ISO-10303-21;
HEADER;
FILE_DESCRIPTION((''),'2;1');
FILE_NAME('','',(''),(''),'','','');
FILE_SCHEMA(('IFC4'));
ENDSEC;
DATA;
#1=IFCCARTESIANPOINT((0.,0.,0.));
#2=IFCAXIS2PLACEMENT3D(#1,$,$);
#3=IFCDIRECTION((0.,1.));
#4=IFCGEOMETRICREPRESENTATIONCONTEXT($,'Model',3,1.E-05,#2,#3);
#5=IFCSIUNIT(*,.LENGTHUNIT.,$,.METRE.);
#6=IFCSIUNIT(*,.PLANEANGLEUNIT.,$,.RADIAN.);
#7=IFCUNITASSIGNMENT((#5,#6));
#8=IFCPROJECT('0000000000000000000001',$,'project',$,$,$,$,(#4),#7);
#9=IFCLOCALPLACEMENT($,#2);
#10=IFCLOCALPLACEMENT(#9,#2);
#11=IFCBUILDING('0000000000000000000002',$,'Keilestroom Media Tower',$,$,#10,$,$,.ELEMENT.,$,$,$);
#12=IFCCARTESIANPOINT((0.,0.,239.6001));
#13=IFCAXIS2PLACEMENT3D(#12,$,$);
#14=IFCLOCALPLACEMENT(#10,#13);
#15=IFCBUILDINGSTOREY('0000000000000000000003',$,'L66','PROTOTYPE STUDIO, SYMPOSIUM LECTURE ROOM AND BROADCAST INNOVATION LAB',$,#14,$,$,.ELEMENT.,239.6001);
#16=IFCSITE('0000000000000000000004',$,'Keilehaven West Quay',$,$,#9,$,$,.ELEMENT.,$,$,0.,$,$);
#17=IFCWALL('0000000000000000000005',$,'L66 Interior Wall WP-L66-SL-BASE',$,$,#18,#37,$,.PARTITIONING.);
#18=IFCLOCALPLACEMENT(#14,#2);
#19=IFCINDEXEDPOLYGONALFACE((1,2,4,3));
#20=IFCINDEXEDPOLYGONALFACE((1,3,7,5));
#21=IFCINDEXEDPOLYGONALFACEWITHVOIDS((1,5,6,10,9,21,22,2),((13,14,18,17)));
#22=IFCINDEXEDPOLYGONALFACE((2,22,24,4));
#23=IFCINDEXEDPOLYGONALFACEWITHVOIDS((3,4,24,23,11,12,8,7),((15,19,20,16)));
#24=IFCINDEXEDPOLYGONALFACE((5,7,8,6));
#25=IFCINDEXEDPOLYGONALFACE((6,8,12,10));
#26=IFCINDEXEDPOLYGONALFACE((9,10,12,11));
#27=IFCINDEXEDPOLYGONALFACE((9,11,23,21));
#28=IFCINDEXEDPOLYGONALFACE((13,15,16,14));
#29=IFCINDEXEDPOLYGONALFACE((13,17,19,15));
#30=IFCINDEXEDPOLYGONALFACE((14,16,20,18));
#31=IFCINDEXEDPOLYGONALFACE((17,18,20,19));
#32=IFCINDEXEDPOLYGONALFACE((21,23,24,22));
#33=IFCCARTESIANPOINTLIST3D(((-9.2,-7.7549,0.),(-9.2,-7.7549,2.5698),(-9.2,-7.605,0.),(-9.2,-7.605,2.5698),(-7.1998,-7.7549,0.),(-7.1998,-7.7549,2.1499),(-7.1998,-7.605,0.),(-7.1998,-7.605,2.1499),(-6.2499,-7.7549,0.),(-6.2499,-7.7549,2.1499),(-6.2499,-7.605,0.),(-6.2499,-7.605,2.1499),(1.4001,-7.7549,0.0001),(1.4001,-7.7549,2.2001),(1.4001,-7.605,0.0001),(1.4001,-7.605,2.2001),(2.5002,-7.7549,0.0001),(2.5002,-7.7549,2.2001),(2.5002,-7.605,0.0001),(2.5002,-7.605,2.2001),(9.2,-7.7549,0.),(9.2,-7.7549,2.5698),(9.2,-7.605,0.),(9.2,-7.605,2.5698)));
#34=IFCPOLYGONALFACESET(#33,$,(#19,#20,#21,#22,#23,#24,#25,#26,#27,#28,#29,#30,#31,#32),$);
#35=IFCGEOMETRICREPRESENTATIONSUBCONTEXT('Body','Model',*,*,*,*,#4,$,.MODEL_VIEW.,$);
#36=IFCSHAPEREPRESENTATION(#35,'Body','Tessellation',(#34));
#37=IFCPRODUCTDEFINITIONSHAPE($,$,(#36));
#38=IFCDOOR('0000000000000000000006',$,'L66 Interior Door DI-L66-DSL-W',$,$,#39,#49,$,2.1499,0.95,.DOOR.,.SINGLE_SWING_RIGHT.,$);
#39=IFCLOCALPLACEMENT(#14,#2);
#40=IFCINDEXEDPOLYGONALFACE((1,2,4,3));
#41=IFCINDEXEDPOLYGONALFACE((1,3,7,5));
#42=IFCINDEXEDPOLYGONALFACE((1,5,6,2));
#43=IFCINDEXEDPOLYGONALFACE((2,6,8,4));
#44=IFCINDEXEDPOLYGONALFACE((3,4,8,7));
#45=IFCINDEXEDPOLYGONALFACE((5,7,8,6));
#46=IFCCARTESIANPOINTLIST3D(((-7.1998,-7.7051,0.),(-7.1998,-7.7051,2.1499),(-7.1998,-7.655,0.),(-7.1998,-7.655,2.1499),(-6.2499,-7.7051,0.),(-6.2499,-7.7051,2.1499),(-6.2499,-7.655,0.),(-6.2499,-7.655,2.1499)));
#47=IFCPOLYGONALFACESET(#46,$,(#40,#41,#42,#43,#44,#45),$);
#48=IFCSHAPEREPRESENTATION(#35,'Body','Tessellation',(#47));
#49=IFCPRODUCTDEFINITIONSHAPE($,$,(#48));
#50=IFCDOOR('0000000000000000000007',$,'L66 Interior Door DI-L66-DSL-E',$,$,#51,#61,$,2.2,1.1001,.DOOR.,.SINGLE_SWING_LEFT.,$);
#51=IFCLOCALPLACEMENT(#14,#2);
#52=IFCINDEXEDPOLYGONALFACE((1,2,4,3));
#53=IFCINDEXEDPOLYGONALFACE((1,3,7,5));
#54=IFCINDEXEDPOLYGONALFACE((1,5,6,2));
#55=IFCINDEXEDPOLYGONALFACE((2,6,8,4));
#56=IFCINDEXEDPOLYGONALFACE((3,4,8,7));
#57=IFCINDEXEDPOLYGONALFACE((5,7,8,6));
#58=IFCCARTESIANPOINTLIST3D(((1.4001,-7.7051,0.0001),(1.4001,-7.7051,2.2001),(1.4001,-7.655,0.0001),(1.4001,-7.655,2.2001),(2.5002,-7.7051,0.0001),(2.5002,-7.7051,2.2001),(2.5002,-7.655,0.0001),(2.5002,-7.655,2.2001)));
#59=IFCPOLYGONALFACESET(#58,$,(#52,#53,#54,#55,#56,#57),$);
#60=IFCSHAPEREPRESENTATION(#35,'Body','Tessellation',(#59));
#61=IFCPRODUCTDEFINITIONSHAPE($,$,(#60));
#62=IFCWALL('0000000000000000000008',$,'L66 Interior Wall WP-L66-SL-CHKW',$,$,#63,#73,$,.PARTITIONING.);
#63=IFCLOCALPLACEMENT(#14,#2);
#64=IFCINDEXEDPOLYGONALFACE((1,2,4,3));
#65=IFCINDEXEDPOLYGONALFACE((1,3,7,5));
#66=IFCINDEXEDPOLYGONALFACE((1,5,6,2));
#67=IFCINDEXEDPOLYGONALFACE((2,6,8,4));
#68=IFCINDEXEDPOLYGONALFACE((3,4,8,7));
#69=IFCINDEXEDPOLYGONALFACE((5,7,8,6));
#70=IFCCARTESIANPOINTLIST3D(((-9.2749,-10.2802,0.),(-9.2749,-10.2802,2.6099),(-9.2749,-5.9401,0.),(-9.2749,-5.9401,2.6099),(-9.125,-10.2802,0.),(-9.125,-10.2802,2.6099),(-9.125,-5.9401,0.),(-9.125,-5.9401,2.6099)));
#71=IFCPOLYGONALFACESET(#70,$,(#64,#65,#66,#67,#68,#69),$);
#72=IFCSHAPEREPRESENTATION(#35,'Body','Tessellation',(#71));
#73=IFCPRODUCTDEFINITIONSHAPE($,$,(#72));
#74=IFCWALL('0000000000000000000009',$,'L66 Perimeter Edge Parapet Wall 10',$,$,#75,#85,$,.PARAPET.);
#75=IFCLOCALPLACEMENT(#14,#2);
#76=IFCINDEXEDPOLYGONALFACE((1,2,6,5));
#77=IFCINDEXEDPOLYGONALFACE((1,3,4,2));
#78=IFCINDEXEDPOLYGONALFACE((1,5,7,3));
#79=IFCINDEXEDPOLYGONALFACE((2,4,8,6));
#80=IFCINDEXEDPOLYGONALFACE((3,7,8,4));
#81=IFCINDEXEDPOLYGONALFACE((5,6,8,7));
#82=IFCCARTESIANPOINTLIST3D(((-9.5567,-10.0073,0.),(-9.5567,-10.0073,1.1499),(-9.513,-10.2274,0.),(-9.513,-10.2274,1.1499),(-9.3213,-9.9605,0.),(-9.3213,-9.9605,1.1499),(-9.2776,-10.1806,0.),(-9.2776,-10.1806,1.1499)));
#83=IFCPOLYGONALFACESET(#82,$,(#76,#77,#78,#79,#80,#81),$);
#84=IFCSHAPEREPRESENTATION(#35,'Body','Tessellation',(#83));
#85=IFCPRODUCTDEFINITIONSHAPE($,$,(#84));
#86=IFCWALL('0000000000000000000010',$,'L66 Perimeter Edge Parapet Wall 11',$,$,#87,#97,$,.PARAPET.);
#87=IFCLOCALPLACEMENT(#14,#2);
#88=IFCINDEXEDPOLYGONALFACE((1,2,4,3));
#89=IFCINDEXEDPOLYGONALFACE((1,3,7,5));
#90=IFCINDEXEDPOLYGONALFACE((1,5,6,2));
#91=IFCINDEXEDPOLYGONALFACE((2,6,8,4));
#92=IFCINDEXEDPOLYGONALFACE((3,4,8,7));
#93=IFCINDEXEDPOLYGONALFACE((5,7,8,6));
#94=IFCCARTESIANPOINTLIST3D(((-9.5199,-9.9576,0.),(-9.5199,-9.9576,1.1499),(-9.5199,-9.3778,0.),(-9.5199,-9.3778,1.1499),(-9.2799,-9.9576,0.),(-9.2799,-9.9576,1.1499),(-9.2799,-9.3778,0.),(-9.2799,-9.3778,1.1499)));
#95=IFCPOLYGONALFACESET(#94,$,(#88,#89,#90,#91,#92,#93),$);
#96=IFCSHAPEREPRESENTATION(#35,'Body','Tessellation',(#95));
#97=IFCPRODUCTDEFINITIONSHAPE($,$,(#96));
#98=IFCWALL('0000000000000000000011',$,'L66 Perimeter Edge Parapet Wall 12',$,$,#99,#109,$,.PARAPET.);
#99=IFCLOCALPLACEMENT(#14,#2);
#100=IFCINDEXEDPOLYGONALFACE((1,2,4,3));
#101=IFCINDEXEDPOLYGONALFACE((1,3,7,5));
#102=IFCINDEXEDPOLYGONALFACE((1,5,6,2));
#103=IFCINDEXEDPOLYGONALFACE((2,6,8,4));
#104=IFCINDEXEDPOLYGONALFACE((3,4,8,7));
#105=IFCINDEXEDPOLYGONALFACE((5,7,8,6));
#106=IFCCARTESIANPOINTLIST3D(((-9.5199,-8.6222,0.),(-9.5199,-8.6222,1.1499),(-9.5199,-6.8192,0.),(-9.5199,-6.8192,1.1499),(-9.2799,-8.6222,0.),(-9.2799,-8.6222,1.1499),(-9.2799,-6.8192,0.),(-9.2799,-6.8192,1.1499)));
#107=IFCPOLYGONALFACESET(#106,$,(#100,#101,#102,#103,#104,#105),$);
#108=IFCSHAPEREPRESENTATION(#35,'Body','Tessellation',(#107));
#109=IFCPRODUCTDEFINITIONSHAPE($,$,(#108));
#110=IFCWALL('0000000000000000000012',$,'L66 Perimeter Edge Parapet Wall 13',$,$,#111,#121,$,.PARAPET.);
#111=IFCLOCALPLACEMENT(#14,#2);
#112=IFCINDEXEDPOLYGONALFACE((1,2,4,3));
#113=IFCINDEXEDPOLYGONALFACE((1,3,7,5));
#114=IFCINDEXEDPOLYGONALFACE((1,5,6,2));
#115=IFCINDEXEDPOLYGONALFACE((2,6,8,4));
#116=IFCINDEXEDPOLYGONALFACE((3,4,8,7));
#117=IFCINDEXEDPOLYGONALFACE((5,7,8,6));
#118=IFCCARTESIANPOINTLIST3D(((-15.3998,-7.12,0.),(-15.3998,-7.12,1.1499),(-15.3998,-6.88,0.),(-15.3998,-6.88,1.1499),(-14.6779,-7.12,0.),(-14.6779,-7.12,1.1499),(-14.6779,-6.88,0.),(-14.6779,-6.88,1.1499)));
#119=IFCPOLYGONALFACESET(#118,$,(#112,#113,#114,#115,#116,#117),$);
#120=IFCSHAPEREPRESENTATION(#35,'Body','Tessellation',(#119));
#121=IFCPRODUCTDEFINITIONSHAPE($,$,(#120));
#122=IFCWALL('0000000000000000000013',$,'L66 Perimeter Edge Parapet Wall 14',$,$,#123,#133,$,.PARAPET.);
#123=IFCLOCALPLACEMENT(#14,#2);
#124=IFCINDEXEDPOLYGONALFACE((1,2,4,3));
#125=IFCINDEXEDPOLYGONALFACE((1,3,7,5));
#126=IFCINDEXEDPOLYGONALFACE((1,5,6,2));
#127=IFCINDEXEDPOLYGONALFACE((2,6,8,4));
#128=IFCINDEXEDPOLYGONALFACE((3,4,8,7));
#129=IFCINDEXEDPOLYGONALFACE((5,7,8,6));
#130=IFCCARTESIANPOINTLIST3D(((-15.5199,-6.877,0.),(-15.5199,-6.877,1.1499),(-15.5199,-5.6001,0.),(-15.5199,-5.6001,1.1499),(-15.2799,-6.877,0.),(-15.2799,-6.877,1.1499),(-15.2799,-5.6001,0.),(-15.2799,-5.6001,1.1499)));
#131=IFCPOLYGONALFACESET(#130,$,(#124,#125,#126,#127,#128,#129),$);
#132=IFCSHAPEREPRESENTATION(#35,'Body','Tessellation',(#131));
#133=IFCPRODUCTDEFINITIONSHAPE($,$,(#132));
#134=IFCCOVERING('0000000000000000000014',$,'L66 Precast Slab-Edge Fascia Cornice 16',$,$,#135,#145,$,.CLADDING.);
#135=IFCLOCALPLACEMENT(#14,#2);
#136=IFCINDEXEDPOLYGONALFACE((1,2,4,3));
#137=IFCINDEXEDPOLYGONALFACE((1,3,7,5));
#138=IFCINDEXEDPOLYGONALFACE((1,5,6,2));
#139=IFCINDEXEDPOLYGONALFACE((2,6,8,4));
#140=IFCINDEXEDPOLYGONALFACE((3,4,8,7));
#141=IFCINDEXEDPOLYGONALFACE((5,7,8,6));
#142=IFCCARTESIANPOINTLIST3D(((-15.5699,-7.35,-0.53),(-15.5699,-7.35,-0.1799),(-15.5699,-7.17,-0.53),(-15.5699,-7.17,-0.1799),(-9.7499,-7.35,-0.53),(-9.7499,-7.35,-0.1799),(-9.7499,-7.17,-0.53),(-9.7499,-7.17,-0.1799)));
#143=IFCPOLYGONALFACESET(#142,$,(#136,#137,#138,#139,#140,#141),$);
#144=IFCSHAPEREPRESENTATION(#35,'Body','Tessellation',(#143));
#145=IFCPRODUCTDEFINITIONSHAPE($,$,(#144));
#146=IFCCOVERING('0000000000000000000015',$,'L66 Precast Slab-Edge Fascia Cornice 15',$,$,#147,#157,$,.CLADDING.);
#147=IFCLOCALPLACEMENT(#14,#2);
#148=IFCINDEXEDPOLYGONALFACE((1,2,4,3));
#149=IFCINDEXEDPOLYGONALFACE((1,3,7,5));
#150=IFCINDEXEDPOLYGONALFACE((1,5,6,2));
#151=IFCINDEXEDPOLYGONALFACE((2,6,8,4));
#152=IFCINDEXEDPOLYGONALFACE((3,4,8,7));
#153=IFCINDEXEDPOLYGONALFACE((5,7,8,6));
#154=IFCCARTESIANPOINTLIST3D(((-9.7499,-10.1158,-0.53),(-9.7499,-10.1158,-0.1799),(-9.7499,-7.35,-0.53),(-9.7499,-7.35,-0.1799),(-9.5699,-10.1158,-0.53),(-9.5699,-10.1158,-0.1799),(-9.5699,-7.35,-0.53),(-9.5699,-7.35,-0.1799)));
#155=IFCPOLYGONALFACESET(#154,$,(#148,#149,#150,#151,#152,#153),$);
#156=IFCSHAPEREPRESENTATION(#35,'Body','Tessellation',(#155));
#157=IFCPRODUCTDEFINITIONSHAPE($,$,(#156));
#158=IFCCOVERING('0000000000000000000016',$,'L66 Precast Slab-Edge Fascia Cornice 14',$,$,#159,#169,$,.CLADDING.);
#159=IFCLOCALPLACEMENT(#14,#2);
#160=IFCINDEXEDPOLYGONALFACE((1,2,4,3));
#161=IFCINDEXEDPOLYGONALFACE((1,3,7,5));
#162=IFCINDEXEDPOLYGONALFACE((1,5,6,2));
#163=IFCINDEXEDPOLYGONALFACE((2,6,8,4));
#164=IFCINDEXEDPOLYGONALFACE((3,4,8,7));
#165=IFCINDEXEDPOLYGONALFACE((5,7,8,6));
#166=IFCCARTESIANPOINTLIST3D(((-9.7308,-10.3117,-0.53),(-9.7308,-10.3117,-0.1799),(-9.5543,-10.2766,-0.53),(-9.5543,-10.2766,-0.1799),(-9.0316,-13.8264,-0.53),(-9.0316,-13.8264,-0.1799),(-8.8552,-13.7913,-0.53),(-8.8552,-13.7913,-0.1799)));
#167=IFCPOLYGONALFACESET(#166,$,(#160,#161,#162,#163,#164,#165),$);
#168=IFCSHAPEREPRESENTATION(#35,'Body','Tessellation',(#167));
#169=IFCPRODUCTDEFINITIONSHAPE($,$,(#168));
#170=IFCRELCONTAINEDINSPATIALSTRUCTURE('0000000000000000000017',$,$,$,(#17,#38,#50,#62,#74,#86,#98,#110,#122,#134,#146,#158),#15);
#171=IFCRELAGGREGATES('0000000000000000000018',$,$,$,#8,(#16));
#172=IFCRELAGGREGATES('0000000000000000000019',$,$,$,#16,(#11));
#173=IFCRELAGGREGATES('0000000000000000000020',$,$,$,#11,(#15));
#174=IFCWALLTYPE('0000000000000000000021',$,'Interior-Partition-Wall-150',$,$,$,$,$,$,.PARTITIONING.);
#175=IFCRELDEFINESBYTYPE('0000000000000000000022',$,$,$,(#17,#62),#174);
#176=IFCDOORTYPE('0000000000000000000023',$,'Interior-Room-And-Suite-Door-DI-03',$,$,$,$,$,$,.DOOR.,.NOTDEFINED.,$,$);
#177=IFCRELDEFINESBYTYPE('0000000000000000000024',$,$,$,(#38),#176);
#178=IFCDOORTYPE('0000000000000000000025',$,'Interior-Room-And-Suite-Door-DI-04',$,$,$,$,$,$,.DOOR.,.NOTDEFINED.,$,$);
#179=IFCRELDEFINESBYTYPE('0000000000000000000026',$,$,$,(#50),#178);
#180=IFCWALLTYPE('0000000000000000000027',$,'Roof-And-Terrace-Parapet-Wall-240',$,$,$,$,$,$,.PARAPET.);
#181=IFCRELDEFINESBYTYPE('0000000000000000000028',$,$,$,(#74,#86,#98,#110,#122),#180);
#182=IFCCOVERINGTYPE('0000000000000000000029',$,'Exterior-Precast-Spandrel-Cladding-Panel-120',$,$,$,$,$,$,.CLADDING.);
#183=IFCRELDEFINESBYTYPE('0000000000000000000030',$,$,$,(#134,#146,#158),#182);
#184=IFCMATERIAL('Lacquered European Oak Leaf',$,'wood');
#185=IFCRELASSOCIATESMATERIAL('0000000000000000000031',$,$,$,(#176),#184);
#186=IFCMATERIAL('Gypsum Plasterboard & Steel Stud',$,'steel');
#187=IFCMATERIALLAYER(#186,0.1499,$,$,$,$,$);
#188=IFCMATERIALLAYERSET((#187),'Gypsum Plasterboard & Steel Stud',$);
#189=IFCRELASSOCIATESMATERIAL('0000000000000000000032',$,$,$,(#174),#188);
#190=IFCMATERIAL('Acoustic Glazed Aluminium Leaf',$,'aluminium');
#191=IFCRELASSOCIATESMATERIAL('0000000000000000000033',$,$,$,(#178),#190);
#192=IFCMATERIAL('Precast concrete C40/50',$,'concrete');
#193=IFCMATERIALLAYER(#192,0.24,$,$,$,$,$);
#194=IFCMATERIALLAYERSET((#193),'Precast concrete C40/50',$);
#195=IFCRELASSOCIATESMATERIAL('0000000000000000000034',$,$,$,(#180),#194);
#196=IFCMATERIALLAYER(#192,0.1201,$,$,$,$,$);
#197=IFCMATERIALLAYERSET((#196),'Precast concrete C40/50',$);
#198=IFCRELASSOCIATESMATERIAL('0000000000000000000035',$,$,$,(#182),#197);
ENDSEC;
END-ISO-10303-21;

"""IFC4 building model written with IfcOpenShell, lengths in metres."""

from ifc_helpers import new_model, si_unit, direction, frame, frame_2d, origin, origin_2d, place, context, subcontext, project, spatial, rectangle, extrude, source, transform, mapped, material, layer, layer_set, type_object, element, fill, save


model = new_model("IFC4")

# Units and contexts
model_context = context("Model", 3, precision=1e-05, world=origin(), true_north=direction((0.0, 1.0)))
body_context = subcontext(model_context, "Body", "Model", "MODEL_VIEW")
ifc_project = project(units=[si_unit("LENGTHUNIT", "METRE"), si_unit("PLANEANGLEUNIT", "RADIAN")], contexts=[model_context])

# Site, building, storey
site_placement = place(None, origin())
site = spatial("IfcSite", under=ifc_project, at=site_placement, Name="Keilehaven West Quay", CompositionType="ELEMENT", RefElevation=0.0)
building_placement = place(site_placement, origin())
building = spatial("IfcBuilding", under=site, at=building_placement, Name="Keilestroom Media Tower", CompositionType="ELEMENT")
storey_placement = place(building_placement, frame((0.0, 0.0, 239.6001)))
storey = spatial("IfcBuildingStorey", under=building, at=storey_placement, Name="L66", Description="PROTOTYPE STUDIO, SYMPOSIUM LECTURE ROOM AND BROADCAST INNOVATION LAB", CompositionType="ELEMENT", Elevation=239.6001)

# Shared definitions
ifc_material_1 = material(Name="Precast concrete C40/50", Category="concrete")

# Shared definitions
ifc_material_2 = material(Name="Gypsum Plasterboard & Steel Stud", Category="steel")
ifc_material_3 = material(Name="Lacquered European Oak Leaf", Category="wood")
door_type_1 = type_object("IfcDoorType", Name="Interior-Room-And-Suite-Door-DI-03", OperationType="NOTDEFINED", PredefinedType="DOOR", material=ifc_material_3)
shared_shape_1 = source(origin(), body_context, "Body", "SweptSolid", [
    extrude(rectangle(XDim=0.95, YDim=2.1499, at=frame_2d((0.4751, 1.075))), frame((0.0, 0.0249, 0.0), z_axis=(0.0, -1.0, 0.0), x_axis=(1.0, 0.0, 0.0)), (0.0, 0.0, 1.0), 0.05),
])

# Wall, openings, doors
ifc_layer_1 = layer(ifc_material_2, 0.1499)
ifc_layer_set_1 = layer_set([ifc_layer_1], Name="Gypsum Plasterboard & Steel Stud")
wall_type_1 = type_object("IfcWallType", Name="Interior-Partition-Wall-150", PredefinedType="PARTITIONING", material=ifc_layer_set_1)
wall_1_placement = place(storey_placement, frame((-9.2, -7.6799, 0.0), z_axis=(0.0, 0.0, 1.0), x_axis=(1.0, 0.0, 0.0)))
wall_1 = element("IfcWall", 1, at=wall_1_placement, inside=storey, type_object=wall_type_1, Name="L66 Interior Wall WP-L66-SL-BASE", PredefinedType="PARTITIONING", context=body_context, shape_type="SweptSolid", body=[
    extrude(rectangle(XDim=18.3999, YDim=0.1499, at=frame_2d((9.2, 0.0))), origin(), (0.0, 0.0, 1.0), 2.5698),
])
opening_1_placement = place(wall_1_placement, frame((2.0, 0.0, 0.0)))
opening_1 = element("IfcOpeningElement", 2, at=opening_1_placement, cuts=wall_1, PredefinedType="OPENING", context=body_context, shape_type="SweptSolid", body=[
    extrude(rectangle(XDim=0.95, YDim=2.1499, at=frame_2d((0.4751, 1.075))), frame((0.0, 0.085, 0.0), z_axis=(0.0, -1.0, 0.0), x_axis=(1.0, 0.0, 0.0)), (0.0, 0.0, 1.0), 0.1699),
])
opening_2_placement = place(wall_1_placement, frame((10.6001, 0.0, 0.0)))
opening_2 = element("IfcOpeningElement", 3, at=opening_2_placement, cuts=wall_1, PredefinedType="OPENING", context=body_context, shape_type="SweptSolid", body=[
    extrude(rectangle(XDim=1.1001, YDim=2.2, at=frame_2d((0.55, 1.1001))), frame((0.0, 0.085, 0.0), z_axis=(0.0, -1.0, 0.0), x_axis=(1.0, 0.0, 0.0)), (0.0, 0.0, 1.0), 0.1699),
])
door_1_placement = place(opening_1_placement, origin())
door_1 = element("IfcDoor", 4, at=door_1_placement, inside=storey, type_object=door_type_1, Name="L66 Interior Door DI-L66-DSL-W", OperationType="SINGLE_SWING_RIGHT", OverallHeight=2.1499, OverallWidth=0.95, PredefinedType="DOOR", context=body_context, shape_type="MappedRepresentation", body=[
    mapped(shared_shape_1, transform((0.0, 0.0, 0.0), x_axis=(1.0, 0.0, 0.0), y_axis=(0.0, 1.0, 0.0), z_axis=(0.0, 0.0, 1.0), scale=1.0)),
])
fill(opening_1, door_1)
ifc_material_4 = material(Name="Acoustic Glazed Aluminium Leaf", Category="aluminium")
door_type_2 = type_object("IfcDoorType", Name="Interior-Room-And-Suite-Door-DI-04", OperationType="NOTDEFINED", PredefinedType="DOOR", material=ifc_material_4)
shared_shape_2 = source(origin(), body_context, "Body", "SweptSolid", [
    extrude(rectangle(XDim=1.1001, YDim=2.2, at=frame_2d((0.55, 1.1001))), frame((0.0, 0.0249, 0.0), z_axis=(0.0, -1.0, 0.0), x_axis=(1.0, 0.0, 0.0)), (0.0, 0.0, 1.0), 0.05),
])
door_2_placement = place(opening_2_placement, origin())
door_2 = element("IfcDoor", 5, at=door_2_placement, inside=storey, type_object=door_type_2, Name="L66 Interior Door DI-L66-DSL-E", OperationType="SINGLE_SWING_LEFT", OverallHeight=2.2, OverallWidth=1.1001, PredefinedType="DOOR", context=body_context, shape_type="MappedRepresentation", body=[
    mapped(shared_shape_2, transform((0.0, 0.0, 0.0), x_axis=(1.0, 0.0, 0.0), y_axis=(0.0, 1.0, 0.0), z_axis=(0.0, 0.0, 1.0), scale=1.0)),
])
fill(opening_2, door_2)

# Walls
wall_2_placement = place(storey_placement, frame((-9.2, -10.28, 0.0), z_axis=(0.0, 0.0, 1.0), x_axis=(0.0, 1.0, 0.0)))
element("IfcWall", 6, at=wall_2_placement, inside=storey, type_object=wall_type_1, Name="L66 Interior Wall WP-L66-SL-CHKW", PredefinedType="PARTITIONING", context=body_context, shape_type="SweptSolid", body=[
    extrude(rectangle(XDim=4.3401, YDim=0.1499, at=frame_2d((2.1699, 0.0))), origin(), (0.0, 0.0, 1.0), 2.6099),
])
ifc_layer_2 = layer(ifc_material_1, 0.24)
ifc_layer_set_2 = layer_set([ifc_layer_2], Name="Precast concrete C40/50")
wall_type_2 = type_object("IfcWallType", Name="Roof-And-Terrace-Parapet-Wall-240", PredefinedType="PARAPET", material=ifc_layer_set_2)
wall_3_placement = place(storey_placement, frame((-9.3953, -10.2041, 0.0), z_axis=(0.0, 0.0, 1.0), x_axis=(-0.19486, 0.980831, 0.0)))
element("IfcWall", 7, at=wall_3_placement, inside=storey, type_object=wall_type_2, Name="L66 Perimeter Edge Parapet Wall 10", PredefinedType="PARAPET", context=body_context, shape_type="SweptSolid", body=[
    extrude(rectangle(XDim=0.2244, YDim=0.24, at=frame_2d((0.1123, 0.0))), origin(), (0.0, 0.0, 1.0), 1.1499),
])
wall_4_placement = place(storey_placement, frame((-9.3999, -9.9578, 0.0), z_axis=(0.0, 0.0, 1.0), x_axis=(0.0, 1.0, 0.0)))
element("IfcWall", 8, at=wall_4_placement, inside=storey, type_object=wall_type_2, Name="L66 Perimeter Edge Parapet Wall 11", PredefinedType="PARAPET", context=body_context, shape_type="SweptSolid", body=[
    extrude(rectangle(XDim=0.5798, YDim=0.24, at=frame_2d((0.29, 0.0))), origin(), (0.0, 0.0, 1.0), 1.1499),
])
wall_5_placement = place(storey_placement, frame((-9.3999, -8.6221, 0.0), z_axis=(0.0, 0.0, 1.0), x_axis=(0.0, 1.0, 0.0)))
element("IfcWall", 9, at=wall_5_placement, inside=storey, type_object=wall_type_2, Name="L66 Perimeter Edge Parapet Wall 12", PredefinedType="PARAPET", context=body_context, shape_type="SweptSolid", body=[
    extrude(rectangle(XDim=1.803, YDim=0.24, at=frame_2d((0.9014, 0.0))), origin(), (0.0, 0.0, 1.0), 1.1499),
])
wall_6_placement = place(storey_placement, frame((-14.678, -7.0, 0.0), z_axis=(0.0, 0.0, 1.0), x_axis=(-1.0, 0.0, 0.0)))
element("IfcWall", 10, at=wall_6_placement, inside=storey, type_object=wall_type_2, Name="L66 Perimeter Edge Parapet Wall 13", PredefinedType="PARAPET", context=body_context, shape_type="SweptSolid", body=[
    extrude(rectangle(XDim=0.7219, YDim=0.24, at=frame_2d((0.3608, 0.0))), origin(), (0.0, 0.0, 1.0), 1.1499),
])
wall_7_placement = place(storey_placement, frame((-15.3999, -6.877, 0.0), z_axis=(0.0, 0.0, 1.0), x_axis=(0.0, 1.0, 0.0)))
element("IfcWall", 11, at=wall_7_placement, inside=storey, type_object=wall_type_2, Name="L66 Perimeter Edge Parapet Wall 14", PredefinedType="PARAPET", context=body_context, shape_type="SweptSolid", body=[
    extrude(rectangle(XDim=1.2769, YDim=0.24, at=frame_2d((0.6384, 0.0))), origin(), (0.0, 0.0, 1.0), 1.1499),
])

# Coverings
ifc_layer_3 = layer(ifc_material_1, 0.1201)
ifc_layer_set_3 = layer_set([ifc_layer_3], Name="Precast concrete C40/50")
covering_type = type_object("IfcCoveringType", Name="Exterior-Precast-Spandrel-Cladding-Panel-120", PredefinedType="CLADDING", material=ifc_layer_set_3)
shared_shape_3 = source(origin(), body_context, "Body", "SweptSolid", [
    extrude(rectangle(XDim=5.8201, YDim=0.1799, at=origin_2d()), origin(), (0.0, 0.0, 1.0), 0.3501),
])
covering_1_placement = place(storey_placement, frame((-12.6599, -7.26, -0.53), z_axis=(0.0, 0.0, 1.0), x_axis=(-1.0, 0.0, 0.0)))
element("IfcCovering", 12, at=covering_1_placement, inside=storey, type_object=covering_type, Name="L66 Precast Slab-Edge Fascia Cornice 16", PredefinedType="CLADDING", context=body_context, shape_type="MappedRepresentation", body=[
    mapped(shared_shape_3, transform((0.0, 0.0, 0.0), x_axis=(1.0, 0.0, 0.0), y_axis=(0.0, 1.0, 0.0), z_axis=(0.0, 0.0, 1.0), scale=1.0)),
])
shared_shape_4 = source(origin(), body_context, "Body", "SweptSolid", [
    extrude(rectangle(XDim=2.7659, YDim=0.1799, at=origin_2d()), origin(), (0.0, 0.0, 1.0), 0.3501),
])
covering_2_placement = place(storey_placement, frame((-9.6599, -8.7329, -0.53), z_axis=(0.0, 0.0, 1.0), x_axis=(0.0, 1.0, 0.0)))
element("IfcCovering", 13, at=covering_2_placement, inside=storey, type_object=covering_type, Name="L66 Precast Slab-Edge Fascia Cornice 15", PredefinedType="CLADDING", context=body_context, shape_type="MappedRepresentation", body=[
    mapped(shared_shape_4, transform((0.0, 0.0, 0.0), x_axis=(1.0, 0.0, 0.0), y_axis=(0.0, 1.0, 0.0), z_axis=(0.0, 0.0, 1.0), scale=1.0)),
])
shared_shape_5 = source(origin(), body_context, "Body", "SweptSolid", [
    extrude(rectangle(XDim=3.5835, YDim=0.1799, at=origin_2d()), origin(), (0.0, 0.0, 1.0), 0.3501),
])
covering_3_placement = place(storey_placement, frame((-9.293, -12.0515, -0.53), z_axis=(0.0, 0.0, 1.0), x_axis=(-0.195099, 0.980784, 0.0)))
element("IfcCovering", 14, at=covering_3_placement, inside=storey, type_object=covering_type, Name="L66 Precast Slab-Edge Fascia Cornice 14", PredefinedType="CLADDING", context=body_context, shape_type="MappedRepresentation", body=[
    mapped(shared_shape_5, transform((0.0, 0.0, 0.0), x_axis=(1.0, 0.0, 0.0), y_axis=(0.0, 1.0, 0.0), z_axis=(0.0, 0.0, 1.0), scale=1.0)),
])

save(model, "model.ifc")
